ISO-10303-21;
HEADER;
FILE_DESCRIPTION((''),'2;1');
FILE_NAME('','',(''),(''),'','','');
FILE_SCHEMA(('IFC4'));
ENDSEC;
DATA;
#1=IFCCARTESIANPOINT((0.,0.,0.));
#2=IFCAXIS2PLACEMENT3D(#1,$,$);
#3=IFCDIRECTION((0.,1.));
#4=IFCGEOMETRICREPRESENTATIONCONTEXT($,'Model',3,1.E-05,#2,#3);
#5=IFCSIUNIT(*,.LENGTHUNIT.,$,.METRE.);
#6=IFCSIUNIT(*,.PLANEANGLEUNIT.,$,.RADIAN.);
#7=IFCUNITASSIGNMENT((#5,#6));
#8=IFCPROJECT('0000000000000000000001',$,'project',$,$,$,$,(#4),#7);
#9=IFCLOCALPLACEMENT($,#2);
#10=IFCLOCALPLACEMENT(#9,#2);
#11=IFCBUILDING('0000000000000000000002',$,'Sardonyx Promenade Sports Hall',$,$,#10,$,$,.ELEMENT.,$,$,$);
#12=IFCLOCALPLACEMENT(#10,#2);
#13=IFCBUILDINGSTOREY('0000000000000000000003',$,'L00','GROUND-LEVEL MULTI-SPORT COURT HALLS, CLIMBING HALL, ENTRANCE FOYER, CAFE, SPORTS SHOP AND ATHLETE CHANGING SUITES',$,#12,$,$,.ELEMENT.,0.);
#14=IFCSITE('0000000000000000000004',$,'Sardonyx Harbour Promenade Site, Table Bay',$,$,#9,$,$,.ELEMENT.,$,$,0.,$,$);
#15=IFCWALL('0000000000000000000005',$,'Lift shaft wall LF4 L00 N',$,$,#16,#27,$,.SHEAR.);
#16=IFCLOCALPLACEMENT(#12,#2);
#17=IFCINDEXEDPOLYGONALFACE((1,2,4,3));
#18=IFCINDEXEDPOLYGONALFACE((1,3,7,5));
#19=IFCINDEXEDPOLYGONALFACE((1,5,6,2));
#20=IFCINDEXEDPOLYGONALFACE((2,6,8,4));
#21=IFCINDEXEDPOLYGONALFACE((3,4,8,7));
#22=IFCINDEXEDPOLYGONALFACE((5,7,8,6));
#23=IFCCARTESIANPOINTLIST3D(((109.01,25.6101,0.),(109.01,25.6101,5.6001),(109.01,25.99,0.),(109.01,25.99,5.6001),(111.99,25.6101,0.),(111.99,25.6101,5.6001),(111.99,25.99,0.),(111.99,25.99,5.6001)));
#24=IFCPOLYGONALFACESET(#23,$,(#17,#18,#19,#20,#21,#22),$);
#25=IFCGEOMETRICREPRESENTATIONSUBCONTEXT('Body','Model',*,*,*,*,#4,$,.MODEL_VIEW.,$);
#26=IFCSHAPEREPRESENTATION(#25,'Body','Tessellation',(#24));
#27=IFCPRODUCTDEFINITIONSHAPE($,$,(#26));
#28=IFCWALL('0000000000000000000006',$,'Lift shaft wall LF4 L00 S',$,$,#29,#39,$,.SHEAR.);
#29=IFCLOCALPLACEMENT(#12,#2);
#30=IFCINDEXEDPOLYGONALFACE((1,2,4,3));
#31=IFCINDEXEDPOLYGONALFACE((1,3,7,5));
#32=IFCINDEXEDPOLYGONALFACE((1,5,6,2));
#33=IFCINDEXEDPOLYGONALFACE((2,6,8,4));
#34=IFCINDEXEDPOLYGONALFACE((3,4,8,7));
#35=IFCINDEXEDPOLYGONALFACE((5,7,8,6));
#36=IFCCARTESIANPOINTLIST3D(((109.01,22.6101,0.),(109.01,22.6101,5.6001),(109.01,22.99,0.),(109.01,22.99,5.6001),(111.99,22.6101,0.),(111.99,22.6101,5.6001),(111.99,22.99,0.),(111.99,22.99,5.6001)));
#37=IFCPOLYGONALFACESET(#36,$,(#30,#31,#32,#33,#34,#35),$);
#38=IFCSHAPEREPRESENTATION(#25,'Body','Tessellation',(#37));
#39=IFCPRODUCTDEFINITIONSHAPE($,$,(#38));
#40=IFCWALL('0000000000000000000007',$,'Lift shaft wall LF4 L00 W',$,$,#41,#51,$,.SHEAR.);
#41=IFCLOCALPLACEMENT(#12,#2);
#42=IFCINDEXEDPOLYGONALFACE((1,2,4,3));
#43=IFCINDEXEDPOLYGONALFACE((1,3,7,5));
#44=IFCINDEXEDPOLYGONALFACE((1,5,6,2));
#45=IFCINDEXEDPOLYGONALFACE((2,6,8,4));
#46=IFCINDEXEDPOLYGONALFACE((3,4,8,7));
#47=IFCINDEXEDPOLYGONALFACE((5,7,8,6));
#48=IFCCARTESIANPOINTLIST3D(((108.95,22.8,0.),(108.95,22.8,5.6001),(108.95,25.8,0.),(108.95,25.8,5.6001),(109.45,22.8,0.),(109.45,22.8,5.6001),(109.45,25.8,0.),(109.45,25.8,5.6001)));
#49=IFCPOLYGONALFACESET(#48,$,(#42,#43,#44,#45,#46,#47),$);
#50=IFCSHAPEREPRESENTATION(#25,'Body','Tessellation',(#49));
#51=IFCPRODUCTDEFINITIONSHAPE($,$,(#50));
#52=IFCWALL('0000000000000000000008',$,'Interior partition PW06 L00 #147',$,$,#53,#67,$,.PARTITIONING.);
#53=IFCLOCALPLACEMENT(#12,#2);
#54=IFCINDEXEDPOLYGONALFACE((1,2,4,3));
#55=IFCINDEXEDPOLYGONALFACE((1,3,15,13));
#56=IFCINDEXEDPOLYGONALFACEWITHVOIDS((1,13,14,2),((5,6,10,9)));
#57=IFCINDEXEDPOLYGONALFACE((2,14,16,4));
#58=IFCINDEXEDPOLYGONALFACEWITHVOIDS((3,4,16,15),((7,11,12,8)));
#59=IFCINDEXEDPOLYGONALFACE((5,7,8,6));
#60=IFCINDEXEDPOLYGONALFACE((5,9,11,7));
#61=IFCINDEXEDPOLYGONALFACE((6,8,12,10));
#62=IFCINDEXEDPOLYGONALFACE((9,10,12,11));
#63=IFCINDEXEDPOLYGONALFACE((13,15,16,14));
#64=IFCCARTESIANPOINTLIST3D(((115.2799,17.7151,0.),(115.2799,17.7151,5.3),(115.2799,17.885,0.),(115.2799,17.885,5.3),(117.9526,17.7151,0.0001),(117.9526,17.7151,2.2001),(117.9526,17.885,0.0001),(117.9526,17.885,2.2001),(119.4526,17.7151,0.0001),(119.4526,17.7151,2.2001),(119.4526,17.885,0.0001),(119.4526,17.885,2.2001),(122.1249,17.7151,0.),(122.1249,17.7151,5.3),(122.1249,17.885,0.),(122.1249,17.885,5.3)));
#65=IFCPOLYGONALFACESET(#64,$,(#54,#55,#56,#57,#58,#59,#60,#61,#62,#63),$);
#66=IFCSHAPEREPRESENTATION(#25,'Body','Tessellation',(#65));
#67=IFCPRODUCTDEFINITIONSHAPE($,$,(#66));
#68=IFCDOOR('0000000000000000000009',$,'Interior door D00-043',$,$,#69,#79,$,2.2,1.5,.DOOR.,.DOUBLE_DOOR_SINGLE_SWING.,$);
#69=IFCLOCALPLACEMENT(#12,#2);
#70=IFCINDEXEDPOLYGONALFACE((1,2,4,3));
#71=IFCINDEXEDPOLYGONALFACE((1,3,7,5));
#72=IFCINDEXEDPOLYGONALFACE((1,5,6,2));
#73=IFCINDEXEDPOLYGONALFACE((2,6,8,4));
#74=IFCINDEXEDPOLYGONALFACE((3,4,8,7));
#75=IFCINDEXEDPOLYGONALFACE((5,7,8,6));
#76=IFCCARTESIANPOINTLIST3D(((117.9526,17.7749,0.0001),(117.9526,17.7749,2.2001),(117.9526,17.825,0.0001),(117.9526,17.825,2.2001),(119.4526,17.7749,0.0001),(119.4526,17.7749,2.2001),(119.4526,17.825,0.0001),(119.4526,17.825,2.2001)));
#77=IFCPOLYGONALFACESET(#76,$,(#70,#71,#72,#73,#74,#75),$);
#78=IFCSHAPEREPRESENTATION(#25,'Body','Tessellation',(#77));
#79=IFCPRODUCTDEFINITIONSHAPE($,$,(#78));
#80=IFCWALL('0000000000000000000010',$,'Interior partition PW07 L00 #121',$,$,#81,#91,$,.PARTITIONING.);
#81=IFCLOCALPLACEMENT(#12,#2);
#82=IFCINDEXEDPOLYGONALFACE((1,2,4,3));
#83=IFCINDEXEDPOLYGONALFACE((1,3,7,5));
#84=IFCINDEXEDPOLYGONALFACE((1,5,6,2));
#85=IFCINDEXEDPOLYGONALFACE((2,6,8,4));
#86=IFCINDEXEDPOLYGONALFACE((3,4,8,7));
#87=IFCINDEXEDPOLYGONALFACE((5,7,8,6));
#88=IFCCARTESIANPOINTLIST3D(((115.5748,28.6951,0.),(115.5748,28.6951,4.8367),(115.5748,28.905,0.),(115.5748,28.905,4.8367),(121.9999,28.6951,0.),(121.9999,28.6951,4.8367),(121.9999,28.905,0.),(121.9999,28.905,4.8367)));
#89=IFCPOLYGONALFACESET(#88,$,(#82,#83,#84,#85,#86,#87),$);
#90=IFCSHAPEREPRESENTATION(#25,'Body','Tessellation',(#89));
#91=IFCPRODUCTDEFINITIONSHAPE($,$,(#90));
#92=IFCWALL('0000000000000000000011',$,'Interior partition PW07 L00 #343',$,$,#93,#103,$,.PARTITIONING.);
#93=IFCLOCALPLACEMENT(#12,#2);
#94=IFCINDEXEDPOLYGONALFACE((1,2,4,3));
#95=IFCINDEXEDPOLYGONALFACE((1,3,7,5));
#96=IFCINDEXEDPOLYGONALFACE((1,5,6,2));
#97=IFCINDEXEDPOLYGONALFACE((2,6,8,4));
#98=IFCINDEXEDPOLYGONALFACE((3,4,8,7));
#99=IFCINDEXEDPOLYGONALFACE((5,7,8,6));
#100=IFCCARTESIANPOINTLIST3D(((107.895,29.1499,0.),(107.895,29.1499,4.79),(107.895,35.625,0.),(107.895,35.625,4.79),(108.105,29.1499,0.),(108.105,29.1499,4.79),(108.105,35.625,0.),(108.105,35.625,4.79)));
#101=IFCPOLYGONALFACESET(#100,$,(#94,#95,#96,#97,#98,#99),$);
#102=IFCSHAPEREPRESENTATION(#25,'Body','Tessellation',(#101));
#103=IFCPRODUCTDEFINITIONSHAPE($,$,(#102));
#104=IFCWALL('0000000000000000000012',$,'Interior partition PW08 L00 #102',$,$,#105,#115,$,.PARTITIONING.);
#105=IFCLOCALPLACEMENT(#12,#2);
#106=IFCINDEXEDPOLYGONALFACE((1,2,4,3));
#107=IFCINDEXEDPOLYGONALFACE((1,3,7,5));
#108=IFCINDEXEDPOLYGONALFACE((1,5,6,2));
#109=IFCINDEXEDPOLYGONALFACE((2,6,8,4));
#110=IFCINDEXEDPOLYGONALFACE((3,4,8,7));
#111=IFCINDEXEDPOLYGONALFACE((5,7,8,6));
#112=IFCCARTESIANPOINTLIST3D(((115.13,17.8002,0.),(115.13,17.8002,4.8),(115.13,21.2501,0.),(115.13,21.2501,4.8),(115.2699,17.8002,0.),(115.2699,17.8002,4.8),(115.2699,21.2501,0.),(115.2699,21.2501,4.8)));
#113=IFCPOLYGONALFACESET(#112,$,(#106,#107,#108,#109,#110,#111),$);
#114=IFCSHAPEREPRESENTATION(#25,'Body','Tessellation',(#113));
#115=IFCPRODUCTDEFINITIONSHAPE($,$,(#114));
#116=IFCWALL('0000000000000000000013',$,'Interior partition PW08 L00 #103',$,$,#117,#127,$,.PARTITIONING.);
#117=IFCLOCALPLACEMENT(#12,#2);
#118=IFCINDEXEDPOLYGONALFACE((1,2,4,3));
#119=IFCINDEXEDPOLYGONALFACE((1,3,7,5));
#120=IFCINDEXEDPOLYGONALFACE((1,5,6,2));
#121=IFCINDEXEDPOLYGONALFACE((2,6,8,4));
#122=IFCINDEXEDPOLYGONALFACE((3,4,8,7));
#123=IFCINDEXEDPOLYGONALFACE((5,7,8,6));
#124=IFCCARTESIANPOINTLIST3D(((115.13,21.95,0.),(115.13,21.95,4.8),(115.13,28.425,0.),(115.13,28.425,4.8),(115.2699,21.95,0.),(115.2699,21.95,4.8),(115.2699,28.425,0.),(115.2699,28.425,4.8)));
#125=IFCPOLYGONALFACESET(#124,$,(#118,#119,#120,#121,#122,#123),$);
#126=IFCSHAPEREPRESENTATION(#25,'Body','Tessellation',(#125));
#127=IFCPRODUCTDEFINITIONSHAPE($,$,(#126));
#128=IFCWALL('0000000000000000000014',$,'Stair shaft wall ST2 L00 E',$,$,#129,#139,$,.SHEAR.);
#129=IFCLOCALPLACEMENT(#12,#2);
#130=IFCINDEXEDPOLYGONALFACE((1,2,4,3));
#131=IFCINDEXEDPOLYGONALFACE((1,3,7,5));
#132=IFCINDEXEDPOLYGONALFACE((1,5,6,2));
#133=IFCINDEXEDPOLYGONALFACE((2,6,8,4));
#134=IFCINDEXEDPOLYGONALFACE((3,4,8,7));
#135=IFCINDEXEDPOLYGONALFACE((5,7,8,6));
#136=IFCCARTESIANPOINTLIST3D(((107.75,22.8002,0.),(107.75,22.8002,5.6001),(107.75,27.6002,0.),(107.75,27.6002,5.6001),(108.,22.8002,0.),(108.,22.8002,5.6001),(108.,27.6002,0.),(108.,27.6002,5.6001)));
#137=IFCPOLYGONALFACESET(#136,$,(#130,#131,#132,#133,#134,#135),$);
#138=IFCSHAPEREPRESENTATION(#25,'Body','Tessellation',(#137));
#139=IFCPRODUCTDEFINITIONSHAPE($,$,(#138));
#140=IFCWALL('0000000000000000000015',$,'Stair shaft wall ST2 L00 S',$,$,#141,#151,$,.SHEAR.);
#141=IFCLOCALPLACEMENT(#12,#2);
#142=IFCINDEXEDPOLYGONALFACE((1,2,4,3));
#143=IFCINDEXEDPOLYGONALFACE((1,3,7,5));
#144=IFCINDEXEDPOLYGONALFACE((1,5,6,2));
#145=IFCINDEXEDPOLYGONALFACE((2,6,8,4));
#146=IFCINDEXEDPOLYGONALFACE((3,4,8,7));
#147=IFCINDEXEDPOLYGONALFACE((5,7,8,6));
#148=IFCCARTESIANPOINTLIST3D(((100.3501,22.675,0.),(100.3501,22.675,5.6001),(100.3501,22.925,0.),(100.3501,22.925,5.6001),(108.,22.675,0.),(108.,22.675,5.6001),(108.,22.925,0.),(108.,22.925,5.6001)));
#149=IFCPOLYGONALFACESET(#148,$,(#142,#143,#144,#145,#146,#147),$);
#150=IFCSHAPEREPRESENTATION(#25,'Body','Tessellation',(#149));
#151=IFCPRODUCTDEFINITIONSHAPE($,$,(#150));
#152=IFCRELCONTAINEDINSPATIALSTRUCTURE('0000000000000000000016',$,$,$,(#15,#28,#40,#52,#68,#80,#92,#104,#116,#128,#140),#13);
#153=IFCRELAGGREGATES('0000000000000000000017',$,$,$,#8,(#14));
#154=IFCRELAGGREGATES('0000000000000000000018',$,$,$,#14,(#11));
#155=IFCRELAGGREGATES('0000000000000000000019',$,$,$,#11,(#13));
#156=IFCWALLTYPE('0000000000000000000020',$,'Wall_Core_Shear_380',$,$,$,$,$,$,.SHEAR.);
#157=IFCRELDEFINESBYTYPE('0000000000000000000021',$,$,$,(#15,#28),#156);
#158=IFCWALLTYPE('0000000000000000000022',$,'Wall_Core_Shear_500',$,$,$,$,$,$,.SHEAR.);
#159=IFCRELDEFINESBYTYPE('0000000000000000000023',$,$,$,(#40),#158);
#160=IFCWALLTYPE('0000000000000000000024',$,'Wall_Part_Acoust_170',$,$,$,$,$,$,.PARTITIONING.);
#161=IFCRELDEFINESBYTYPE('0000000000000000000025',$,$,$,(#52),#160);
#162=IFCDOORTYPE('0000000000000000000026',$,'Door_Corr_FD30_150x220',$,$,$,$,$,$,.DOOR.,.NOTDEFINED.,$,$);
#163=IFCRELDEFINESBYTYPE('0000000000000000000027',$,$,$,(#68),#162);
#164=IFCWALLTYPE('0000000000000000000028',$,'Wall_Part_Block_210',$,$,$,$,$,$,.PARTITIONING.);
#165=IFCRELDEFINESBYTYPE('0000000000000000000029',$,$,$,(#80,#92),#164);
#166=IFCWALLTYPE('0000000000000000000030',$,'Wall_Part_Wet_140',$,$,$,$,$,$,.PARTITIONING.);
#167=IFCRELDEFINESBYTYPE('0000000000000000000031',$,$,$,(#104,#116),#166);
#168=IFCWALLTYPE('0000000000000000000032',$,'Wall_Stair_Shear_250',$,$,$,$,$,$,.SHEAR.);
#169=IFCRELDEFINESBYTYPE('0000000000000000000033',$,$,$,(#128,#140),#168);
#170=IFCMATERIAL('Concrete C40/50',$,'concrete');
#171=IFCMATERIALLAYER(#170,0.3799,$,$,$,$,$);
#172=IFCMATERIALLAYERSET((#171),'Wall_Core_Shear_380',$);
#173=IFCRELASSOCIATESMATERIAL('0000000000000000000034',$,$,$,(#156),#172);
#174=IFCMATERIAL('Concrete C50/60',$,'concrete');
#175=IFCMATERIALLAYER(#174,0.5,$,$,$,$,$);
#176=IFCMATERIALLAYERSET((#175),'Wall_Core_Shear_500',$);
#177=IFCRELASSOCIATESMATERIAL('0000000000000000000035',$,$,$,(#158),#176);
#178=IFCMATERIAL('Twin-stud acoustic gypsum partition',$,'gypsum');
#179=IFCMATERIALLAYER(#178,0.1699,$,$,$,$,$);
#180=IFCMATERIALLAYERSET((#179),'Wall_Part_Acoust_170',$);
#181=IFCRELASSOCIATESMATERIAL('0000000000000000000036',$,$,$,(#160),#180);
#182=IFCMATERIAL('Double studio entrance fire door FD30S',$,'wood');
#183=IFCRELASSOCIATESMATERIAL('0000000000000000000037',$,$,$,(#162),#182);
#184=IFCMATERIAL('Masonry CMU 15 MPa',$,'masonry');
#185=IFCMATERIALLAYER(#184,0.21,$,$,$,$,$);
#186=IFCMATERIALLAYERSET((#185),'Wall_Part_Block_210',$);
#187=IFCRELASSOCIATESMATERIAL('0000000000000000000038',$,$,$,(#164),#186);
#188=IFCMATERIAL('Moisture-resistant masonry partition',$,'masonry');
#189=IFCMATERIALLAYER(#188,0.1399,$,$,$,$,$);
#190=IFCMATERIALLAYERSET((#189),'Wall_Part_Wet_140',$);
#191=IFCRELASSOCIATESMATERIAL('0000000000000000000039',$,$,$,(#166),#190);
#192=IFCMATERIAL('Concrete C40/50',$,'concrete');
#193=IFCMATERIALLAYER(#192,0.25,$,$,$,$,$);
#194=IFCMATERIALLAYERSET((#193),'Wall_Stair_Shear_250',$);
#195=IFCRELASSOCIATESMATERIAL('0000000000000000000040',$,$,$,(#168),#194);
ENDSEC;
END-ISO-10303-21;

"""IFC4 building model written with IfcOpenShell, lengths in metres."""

from ifc_helpers import new_model, si_unit, direction, frame, frame_2d, origin, place, context, subcontext, project, spatial, rectangle, extrude, material, layer, layer_set, type_object, element, fill, save


model = new_model("IFC4")

# Units and contexts
model_context = context("Model", 3, precision=1e-05, world=origin(), true_north=direction((0.0, 1.0)))
body_context = subcontext(model_context, "Body", "Model", "MODEL_VIEW")
ifc_project = project(units=[si_unit("LENGTHUNIT", "METRE"), si_unit("PLANEANGLEUNIT", "RADIAN")], contexts=[model_context])

# Site, building, storey
site_placement = place(None, origin())
site = spatial("IfcSite", under=ifc_project, at=site_placement, Name="Sardonyx Harbour Promenade Site, Table Bay", CompositionType="ELEMENT", RefElevation=0.0)
building_placement = place(site_placement, origin())
building = spatial("IfcBuilding", under=site, at=building_placement, Name="Sardonyx Promenade Sports Hall", CompositionType="ELEMENT")
storey_placement = place(building_placement, origin())
storey = spatial("IfcBuildingStorey", under=building, at=storey_placement, Name="L00", Description="GROUND-LEVEL MULTI-SPORT COURT HALLS, CLIMBING HALL, ENTRANCE FOYER, CAFE, SPORTS SHOP AND ATHLETE CHANGING SUITES", CompositionType="ELEMENT", Elevation=0.0)

# Shared definitions
ifc_material_1 = material(Name="Concrete C40/50", Category="concrete")
ifc_layer_1 = layer(ifc_material_1, 0.3799)
ifc_layer_set_1 = layer_set([ifc_layer_1], Name="Wall_Core_Shear_380")
wall_type_1 = type_object("IfcWallType", Name="Wall_Core_Shear_380", PredefinedType="SHEAR", material=ifc_layer_set_1)

# Walls
for number, where, z_axis, x_axis, name in (
    (1, (109.01, 25.8, 0.0), (0.0, 0.0, 1.0), (1.0, 0.0, 0.0), "Lift shaft wall LF4 L00 N"),
    (2, (111.99, 22.8, 0.0), (0.0, 0.0, 1.0), (-1.0, 0.0, 0.0), "Lift shaft wall LF4 L00 S"),
):
    element("IfcWall", number, at=place(storey_placement, frame(where, z_axis=z_axis, x_axis=x_axis)), inside=storey, type_object=wall_type_1, Name=name, PredefinedType="SHEAR", context=body_context, shape_type="SweptSolid", body=[
        extrude(rectangle(XDim=2.98, YDim=0.3799, at=frame_2d((1.49, 0.0))), origin(), (0.0, 0.0, 1.0), 5.6001),
    ])
ifc_material_2 = material(Name="Concrete C50/60", Category="concrete")
ifc_layer_2 = layer(ifc_material_2, 0.5)
ifc_layer_set_2 = layer_set([ifc_layer_2], Name="Wall_Core_Shear_500")
wall_type_2 = type_object("IfcWallType", Name="Wall_Core_Shear_500", PredefinedType="SHEAR", material=ifc_layer_set_2)
wall_1_placement = place(storey_placement, frame((109.2, 25.8, 0.0), z_axis=(0.0, 0.0, 1.0), x_axis=(0.0, -1.0, 0.0)))
element("IfcWall", 3, at=wall_1_placement, inside=storey, type_object=wall_type_2, Name="Lift shaft wall LF4 L00 W", PredefinedType="SHEAR", context=body_context, shape_type="SweptSolid", body=[
    extrude(rectangle(XDim=3.0, YDim=0.5, at=frame_2d((1.5, 0.0))), origin(), (0.0, 0.0, 1.0), 5.6001),
])

# Wall, opening, door
ifc_material_3 = material(Name="Twin-stud acoustic gypsum partition", Category="gypsum")
ifc_layer_3 = layer(ifc_material_3, 0.1699)
ifc_layer_set_3 = layer_set([ifc_layer_3], Name="Wall_Part_Acoust_170")
wall_type_3 = type_object("IfcWallType", Name="Wall_Part_Acoust_170", PredefinedType="PARTITIONING", material=ifc_layer_set_3)
wall_2_placement = place(storey_placement, frame((115.28, 17.8, 0.0), z_axis=(0.0, 0.0, 1.0), x_axis=(1.0, 0.0, 0.0)))
wall_2 = element("IfcWall", 4, at=wall_2_placement, inside=storey, type_object=wall_type_3, Name="Interior partition PW06 L00 #147", PredefinedType="PARTITIONING", context=body_context, shape_type="SweptSolid", body=[
    extrude(rectangle(XDim=6.845, YDim=0.1699, at=frame_2d((3.4224, 0.0))), origin(), (0.0, 0.0, 1.0), 5.3),
])
opening_1_placement = place(wall_2_placement, frame((2.6726, 0.0, 0.0)))
opening_1 = element("IfcOpeningElement", 5, at=opening_1_placement, cuts=wall_2, PredefinedType="OPENING", context=body_context, shape_type="SweptSolid", body=[
    extrude(rectangle(XDim=1.5, YDim=2.2, at=frame_2d((0.75, 1.1001))), frame((0.0, 0.095, 0.0), z_axis=(0.0, -1.0, 0.0), x_axis=(1.0, 0.0, 0.0)), (0.0, 0.0, 1.0), 0.19),
])
ifc_material_4 = material(Name="Double studio entrance fire door FD30S", Category="wood")
door_type_1 = type_object("IfcDoorType", Name="Door_Corr_FD30_150x220", OperationType="NOTDEFINED", PredefinedType="DOOR", material=ifc_material_4)
door_1_placement = place(opening_1_placement, origin())
door_1 = element("IfcDoor", 6, at=door_1_placement, inside=storey, type_object=door_type_1, Name="Interior door D00-043", OperationType="DOUBLE_DOOR_SINGLE_SWING", OverallHeight=2.2, OverallWidth=1.5, PredefinedType="DOOR", context=body_context, shape_type="SweptSolid", body=[
    extrude(rectangle(XDim=1.5, YDim=2.2, at=frame_2d((0.75, 1.1001))), frame((0.0, 0.0249, 0.0), z_axis=(0.0, -1.0, 0.0), x_axis=(1.0, 0.0, 0.0)), (0.0, 0.0, 1.0), 0.05),
])
fill(opening_1, door_1)

# Walls
ifc_material_5 = material(Name="Masonry CMU 15 MPa", Category="masonry")
ifc_layer_4 = layer(ifc_material_5, 0.21)
ifc_layer_set_4 = layer_set([ifc_layer_4], Name="Wall_Part_Block_210")
wall_type_4 = type_object("IfcWallType", Name="Wall_Part_Block_210", PredefinedType="PARTITIONING", material=ifc_layer_set_4)
wall_3_placement = place(storey_placement, frame((115.575, 28.8, 0.0), z_axis=(0.0, 0.0, 1.0), x_axis=(1.0, 0.0, 0.0)))
element("IfcWall", 7, at=wall_3_placement, inside=storey, type_object=wall_type_4, Name="Interior partition PW07 L00 #121", PredefinedType="PARTITIONING", context=body_context, shape_type="SweptSolid", body=[
    extrude(rectangle(XDim=6.425, YDim=0.21, at=frame_2d((3.2124, 0.0))), origin(), (0.0, 0.0, 1.0), 4.8367),
])
wall_4_placement = place(storey_placement, frame((108.0, 29.1499, 0.0), z_axis=(0.0, 0.0, 1.0), x_axis=(0.0, 1.0, 0.0)))
element("IfcWall", 8, at=wall_4_placement, inside=storey, type_object=wall_type_4, Name="Interior partition PW07 L00 #343", PredefinedType="PARTITIONING", context=body_context, shape_type="SweptSolid", body=[
    extrude(rectangle(XDim=6.4751, YDim=0.21, at=frame_2d((3.2375, 0.0))), origin(), (0.0, 0.0, 1.0), 4.79),
])
ifc_material_6 = material(Name="Moisture-resistant masonry partition", Category="masonry")
ifc_layer_5 = layer(ifc_material_6, 0.1399)
ifc_layer_set_5 = layer_set([ifc_layer_5], Name="Wall_Part_Wet_140")
wall_type_5 = type_object("IfcWallType", Name="Wall_Part_Wet_140", PredefinedType="PARTITIONING", material=ifc_layer_set_5)
wall_5_placement = place(storey_placement, frame((115.2, 17.8, 0.0), z_axis=(0.0, 0.0, 1.0), x_axis=(0.0, 1.0, 0.0)))
element("IfcWall", 9, at=wall_5_placement, inside=storey, type_object=wall_type_5, Name="Interior partition PW08 L00 #102", PredefinedType="PARTITIONING", context=body_context, shape_type="SweptSolid", body=[
    extrude(rectangle(XDim=3.45, YDim=0.1399, at=frame_2d((1.7251, 0.0))), origin(), (0.0, 0.0, 1.0), 4.8),
])
wall_6_placement = place(storey_placement, frame((115.2, 21.95, 0.0), z_axis=(0.0, 0.0, 1.0), x_axis=(0.0, 1.0, 0.0)))
element("IfcWall", 10, at=wall_6_placement, inside=storey, type_object=wall_type_5, Name="Interior partition PW08 L00 #103", PredefinedType="PARTITIONING", context=body_context, shape_type="SweptSolid", body=[
    extrude(rectangle(XDim=6.4751, YDim=0.1399, at=frame_2d((3.2375, 0.0))), origin(), (0.0, 0.0, 1.0), 4.8),
])
ifc_material_7 = material(Name="Concrete C40/50", Category="concrete")
ifc_layer_6 = layer(ifc_material_7, 0.25)
ifc_layer_set_6 = layer_set([ifc_layer_6], Name="Wall_Stair_Shear_250")
wall_type_6 = type_object("IfcWallType", Name="Wall_Stair_Shear_250", PredefinedType="SHEAR", material=ifc_layer_set_6)
wall_7_placement = place(storey_placement, frame((107.875, 27.6001, 0.0), z_axis=(0.0, 0.0, 1.0), x_axis=(0.0, -1.0, 0.0)))
element("IfcWall", 11, at=wall_7_placement, inside=storey, type_object=wall_type_6, Name="Stair shaft wall ST2 L00 E", PredefinedType="SHEAR", context=body_context, shape_type="SweptSolid", body=[
    extrude(rectangle(XDim=4.8, YDim=0.25, at=frame_2d((2.3999, 0.0))), origin(), (0.0, 0.0, 1.0), 5.6001),
])
wall_8_placement = place(storey_placement, frame((108.0, 22.8, 0.0), z_axis=(0.0, 0.0, 1.0), x_axis=(-1.0, 0.0, 0.0)))
element("IfcWall", 12, at=wall_8_placement, inside=storey, type_object=wall_type_6, Name="Stair shaft wall ST2 L00 S", PredefinedType="SHEAR", context=body_context, shape_type="SweptSolid", body=[
    extrude(rectangle(XDim=7.6499, YDim=0.25, at=frame_2d((3.825, 0.0))), origin(), (0.0, 0.0, 1.0), 5.6001),
])

save(model, "model.ifc")
